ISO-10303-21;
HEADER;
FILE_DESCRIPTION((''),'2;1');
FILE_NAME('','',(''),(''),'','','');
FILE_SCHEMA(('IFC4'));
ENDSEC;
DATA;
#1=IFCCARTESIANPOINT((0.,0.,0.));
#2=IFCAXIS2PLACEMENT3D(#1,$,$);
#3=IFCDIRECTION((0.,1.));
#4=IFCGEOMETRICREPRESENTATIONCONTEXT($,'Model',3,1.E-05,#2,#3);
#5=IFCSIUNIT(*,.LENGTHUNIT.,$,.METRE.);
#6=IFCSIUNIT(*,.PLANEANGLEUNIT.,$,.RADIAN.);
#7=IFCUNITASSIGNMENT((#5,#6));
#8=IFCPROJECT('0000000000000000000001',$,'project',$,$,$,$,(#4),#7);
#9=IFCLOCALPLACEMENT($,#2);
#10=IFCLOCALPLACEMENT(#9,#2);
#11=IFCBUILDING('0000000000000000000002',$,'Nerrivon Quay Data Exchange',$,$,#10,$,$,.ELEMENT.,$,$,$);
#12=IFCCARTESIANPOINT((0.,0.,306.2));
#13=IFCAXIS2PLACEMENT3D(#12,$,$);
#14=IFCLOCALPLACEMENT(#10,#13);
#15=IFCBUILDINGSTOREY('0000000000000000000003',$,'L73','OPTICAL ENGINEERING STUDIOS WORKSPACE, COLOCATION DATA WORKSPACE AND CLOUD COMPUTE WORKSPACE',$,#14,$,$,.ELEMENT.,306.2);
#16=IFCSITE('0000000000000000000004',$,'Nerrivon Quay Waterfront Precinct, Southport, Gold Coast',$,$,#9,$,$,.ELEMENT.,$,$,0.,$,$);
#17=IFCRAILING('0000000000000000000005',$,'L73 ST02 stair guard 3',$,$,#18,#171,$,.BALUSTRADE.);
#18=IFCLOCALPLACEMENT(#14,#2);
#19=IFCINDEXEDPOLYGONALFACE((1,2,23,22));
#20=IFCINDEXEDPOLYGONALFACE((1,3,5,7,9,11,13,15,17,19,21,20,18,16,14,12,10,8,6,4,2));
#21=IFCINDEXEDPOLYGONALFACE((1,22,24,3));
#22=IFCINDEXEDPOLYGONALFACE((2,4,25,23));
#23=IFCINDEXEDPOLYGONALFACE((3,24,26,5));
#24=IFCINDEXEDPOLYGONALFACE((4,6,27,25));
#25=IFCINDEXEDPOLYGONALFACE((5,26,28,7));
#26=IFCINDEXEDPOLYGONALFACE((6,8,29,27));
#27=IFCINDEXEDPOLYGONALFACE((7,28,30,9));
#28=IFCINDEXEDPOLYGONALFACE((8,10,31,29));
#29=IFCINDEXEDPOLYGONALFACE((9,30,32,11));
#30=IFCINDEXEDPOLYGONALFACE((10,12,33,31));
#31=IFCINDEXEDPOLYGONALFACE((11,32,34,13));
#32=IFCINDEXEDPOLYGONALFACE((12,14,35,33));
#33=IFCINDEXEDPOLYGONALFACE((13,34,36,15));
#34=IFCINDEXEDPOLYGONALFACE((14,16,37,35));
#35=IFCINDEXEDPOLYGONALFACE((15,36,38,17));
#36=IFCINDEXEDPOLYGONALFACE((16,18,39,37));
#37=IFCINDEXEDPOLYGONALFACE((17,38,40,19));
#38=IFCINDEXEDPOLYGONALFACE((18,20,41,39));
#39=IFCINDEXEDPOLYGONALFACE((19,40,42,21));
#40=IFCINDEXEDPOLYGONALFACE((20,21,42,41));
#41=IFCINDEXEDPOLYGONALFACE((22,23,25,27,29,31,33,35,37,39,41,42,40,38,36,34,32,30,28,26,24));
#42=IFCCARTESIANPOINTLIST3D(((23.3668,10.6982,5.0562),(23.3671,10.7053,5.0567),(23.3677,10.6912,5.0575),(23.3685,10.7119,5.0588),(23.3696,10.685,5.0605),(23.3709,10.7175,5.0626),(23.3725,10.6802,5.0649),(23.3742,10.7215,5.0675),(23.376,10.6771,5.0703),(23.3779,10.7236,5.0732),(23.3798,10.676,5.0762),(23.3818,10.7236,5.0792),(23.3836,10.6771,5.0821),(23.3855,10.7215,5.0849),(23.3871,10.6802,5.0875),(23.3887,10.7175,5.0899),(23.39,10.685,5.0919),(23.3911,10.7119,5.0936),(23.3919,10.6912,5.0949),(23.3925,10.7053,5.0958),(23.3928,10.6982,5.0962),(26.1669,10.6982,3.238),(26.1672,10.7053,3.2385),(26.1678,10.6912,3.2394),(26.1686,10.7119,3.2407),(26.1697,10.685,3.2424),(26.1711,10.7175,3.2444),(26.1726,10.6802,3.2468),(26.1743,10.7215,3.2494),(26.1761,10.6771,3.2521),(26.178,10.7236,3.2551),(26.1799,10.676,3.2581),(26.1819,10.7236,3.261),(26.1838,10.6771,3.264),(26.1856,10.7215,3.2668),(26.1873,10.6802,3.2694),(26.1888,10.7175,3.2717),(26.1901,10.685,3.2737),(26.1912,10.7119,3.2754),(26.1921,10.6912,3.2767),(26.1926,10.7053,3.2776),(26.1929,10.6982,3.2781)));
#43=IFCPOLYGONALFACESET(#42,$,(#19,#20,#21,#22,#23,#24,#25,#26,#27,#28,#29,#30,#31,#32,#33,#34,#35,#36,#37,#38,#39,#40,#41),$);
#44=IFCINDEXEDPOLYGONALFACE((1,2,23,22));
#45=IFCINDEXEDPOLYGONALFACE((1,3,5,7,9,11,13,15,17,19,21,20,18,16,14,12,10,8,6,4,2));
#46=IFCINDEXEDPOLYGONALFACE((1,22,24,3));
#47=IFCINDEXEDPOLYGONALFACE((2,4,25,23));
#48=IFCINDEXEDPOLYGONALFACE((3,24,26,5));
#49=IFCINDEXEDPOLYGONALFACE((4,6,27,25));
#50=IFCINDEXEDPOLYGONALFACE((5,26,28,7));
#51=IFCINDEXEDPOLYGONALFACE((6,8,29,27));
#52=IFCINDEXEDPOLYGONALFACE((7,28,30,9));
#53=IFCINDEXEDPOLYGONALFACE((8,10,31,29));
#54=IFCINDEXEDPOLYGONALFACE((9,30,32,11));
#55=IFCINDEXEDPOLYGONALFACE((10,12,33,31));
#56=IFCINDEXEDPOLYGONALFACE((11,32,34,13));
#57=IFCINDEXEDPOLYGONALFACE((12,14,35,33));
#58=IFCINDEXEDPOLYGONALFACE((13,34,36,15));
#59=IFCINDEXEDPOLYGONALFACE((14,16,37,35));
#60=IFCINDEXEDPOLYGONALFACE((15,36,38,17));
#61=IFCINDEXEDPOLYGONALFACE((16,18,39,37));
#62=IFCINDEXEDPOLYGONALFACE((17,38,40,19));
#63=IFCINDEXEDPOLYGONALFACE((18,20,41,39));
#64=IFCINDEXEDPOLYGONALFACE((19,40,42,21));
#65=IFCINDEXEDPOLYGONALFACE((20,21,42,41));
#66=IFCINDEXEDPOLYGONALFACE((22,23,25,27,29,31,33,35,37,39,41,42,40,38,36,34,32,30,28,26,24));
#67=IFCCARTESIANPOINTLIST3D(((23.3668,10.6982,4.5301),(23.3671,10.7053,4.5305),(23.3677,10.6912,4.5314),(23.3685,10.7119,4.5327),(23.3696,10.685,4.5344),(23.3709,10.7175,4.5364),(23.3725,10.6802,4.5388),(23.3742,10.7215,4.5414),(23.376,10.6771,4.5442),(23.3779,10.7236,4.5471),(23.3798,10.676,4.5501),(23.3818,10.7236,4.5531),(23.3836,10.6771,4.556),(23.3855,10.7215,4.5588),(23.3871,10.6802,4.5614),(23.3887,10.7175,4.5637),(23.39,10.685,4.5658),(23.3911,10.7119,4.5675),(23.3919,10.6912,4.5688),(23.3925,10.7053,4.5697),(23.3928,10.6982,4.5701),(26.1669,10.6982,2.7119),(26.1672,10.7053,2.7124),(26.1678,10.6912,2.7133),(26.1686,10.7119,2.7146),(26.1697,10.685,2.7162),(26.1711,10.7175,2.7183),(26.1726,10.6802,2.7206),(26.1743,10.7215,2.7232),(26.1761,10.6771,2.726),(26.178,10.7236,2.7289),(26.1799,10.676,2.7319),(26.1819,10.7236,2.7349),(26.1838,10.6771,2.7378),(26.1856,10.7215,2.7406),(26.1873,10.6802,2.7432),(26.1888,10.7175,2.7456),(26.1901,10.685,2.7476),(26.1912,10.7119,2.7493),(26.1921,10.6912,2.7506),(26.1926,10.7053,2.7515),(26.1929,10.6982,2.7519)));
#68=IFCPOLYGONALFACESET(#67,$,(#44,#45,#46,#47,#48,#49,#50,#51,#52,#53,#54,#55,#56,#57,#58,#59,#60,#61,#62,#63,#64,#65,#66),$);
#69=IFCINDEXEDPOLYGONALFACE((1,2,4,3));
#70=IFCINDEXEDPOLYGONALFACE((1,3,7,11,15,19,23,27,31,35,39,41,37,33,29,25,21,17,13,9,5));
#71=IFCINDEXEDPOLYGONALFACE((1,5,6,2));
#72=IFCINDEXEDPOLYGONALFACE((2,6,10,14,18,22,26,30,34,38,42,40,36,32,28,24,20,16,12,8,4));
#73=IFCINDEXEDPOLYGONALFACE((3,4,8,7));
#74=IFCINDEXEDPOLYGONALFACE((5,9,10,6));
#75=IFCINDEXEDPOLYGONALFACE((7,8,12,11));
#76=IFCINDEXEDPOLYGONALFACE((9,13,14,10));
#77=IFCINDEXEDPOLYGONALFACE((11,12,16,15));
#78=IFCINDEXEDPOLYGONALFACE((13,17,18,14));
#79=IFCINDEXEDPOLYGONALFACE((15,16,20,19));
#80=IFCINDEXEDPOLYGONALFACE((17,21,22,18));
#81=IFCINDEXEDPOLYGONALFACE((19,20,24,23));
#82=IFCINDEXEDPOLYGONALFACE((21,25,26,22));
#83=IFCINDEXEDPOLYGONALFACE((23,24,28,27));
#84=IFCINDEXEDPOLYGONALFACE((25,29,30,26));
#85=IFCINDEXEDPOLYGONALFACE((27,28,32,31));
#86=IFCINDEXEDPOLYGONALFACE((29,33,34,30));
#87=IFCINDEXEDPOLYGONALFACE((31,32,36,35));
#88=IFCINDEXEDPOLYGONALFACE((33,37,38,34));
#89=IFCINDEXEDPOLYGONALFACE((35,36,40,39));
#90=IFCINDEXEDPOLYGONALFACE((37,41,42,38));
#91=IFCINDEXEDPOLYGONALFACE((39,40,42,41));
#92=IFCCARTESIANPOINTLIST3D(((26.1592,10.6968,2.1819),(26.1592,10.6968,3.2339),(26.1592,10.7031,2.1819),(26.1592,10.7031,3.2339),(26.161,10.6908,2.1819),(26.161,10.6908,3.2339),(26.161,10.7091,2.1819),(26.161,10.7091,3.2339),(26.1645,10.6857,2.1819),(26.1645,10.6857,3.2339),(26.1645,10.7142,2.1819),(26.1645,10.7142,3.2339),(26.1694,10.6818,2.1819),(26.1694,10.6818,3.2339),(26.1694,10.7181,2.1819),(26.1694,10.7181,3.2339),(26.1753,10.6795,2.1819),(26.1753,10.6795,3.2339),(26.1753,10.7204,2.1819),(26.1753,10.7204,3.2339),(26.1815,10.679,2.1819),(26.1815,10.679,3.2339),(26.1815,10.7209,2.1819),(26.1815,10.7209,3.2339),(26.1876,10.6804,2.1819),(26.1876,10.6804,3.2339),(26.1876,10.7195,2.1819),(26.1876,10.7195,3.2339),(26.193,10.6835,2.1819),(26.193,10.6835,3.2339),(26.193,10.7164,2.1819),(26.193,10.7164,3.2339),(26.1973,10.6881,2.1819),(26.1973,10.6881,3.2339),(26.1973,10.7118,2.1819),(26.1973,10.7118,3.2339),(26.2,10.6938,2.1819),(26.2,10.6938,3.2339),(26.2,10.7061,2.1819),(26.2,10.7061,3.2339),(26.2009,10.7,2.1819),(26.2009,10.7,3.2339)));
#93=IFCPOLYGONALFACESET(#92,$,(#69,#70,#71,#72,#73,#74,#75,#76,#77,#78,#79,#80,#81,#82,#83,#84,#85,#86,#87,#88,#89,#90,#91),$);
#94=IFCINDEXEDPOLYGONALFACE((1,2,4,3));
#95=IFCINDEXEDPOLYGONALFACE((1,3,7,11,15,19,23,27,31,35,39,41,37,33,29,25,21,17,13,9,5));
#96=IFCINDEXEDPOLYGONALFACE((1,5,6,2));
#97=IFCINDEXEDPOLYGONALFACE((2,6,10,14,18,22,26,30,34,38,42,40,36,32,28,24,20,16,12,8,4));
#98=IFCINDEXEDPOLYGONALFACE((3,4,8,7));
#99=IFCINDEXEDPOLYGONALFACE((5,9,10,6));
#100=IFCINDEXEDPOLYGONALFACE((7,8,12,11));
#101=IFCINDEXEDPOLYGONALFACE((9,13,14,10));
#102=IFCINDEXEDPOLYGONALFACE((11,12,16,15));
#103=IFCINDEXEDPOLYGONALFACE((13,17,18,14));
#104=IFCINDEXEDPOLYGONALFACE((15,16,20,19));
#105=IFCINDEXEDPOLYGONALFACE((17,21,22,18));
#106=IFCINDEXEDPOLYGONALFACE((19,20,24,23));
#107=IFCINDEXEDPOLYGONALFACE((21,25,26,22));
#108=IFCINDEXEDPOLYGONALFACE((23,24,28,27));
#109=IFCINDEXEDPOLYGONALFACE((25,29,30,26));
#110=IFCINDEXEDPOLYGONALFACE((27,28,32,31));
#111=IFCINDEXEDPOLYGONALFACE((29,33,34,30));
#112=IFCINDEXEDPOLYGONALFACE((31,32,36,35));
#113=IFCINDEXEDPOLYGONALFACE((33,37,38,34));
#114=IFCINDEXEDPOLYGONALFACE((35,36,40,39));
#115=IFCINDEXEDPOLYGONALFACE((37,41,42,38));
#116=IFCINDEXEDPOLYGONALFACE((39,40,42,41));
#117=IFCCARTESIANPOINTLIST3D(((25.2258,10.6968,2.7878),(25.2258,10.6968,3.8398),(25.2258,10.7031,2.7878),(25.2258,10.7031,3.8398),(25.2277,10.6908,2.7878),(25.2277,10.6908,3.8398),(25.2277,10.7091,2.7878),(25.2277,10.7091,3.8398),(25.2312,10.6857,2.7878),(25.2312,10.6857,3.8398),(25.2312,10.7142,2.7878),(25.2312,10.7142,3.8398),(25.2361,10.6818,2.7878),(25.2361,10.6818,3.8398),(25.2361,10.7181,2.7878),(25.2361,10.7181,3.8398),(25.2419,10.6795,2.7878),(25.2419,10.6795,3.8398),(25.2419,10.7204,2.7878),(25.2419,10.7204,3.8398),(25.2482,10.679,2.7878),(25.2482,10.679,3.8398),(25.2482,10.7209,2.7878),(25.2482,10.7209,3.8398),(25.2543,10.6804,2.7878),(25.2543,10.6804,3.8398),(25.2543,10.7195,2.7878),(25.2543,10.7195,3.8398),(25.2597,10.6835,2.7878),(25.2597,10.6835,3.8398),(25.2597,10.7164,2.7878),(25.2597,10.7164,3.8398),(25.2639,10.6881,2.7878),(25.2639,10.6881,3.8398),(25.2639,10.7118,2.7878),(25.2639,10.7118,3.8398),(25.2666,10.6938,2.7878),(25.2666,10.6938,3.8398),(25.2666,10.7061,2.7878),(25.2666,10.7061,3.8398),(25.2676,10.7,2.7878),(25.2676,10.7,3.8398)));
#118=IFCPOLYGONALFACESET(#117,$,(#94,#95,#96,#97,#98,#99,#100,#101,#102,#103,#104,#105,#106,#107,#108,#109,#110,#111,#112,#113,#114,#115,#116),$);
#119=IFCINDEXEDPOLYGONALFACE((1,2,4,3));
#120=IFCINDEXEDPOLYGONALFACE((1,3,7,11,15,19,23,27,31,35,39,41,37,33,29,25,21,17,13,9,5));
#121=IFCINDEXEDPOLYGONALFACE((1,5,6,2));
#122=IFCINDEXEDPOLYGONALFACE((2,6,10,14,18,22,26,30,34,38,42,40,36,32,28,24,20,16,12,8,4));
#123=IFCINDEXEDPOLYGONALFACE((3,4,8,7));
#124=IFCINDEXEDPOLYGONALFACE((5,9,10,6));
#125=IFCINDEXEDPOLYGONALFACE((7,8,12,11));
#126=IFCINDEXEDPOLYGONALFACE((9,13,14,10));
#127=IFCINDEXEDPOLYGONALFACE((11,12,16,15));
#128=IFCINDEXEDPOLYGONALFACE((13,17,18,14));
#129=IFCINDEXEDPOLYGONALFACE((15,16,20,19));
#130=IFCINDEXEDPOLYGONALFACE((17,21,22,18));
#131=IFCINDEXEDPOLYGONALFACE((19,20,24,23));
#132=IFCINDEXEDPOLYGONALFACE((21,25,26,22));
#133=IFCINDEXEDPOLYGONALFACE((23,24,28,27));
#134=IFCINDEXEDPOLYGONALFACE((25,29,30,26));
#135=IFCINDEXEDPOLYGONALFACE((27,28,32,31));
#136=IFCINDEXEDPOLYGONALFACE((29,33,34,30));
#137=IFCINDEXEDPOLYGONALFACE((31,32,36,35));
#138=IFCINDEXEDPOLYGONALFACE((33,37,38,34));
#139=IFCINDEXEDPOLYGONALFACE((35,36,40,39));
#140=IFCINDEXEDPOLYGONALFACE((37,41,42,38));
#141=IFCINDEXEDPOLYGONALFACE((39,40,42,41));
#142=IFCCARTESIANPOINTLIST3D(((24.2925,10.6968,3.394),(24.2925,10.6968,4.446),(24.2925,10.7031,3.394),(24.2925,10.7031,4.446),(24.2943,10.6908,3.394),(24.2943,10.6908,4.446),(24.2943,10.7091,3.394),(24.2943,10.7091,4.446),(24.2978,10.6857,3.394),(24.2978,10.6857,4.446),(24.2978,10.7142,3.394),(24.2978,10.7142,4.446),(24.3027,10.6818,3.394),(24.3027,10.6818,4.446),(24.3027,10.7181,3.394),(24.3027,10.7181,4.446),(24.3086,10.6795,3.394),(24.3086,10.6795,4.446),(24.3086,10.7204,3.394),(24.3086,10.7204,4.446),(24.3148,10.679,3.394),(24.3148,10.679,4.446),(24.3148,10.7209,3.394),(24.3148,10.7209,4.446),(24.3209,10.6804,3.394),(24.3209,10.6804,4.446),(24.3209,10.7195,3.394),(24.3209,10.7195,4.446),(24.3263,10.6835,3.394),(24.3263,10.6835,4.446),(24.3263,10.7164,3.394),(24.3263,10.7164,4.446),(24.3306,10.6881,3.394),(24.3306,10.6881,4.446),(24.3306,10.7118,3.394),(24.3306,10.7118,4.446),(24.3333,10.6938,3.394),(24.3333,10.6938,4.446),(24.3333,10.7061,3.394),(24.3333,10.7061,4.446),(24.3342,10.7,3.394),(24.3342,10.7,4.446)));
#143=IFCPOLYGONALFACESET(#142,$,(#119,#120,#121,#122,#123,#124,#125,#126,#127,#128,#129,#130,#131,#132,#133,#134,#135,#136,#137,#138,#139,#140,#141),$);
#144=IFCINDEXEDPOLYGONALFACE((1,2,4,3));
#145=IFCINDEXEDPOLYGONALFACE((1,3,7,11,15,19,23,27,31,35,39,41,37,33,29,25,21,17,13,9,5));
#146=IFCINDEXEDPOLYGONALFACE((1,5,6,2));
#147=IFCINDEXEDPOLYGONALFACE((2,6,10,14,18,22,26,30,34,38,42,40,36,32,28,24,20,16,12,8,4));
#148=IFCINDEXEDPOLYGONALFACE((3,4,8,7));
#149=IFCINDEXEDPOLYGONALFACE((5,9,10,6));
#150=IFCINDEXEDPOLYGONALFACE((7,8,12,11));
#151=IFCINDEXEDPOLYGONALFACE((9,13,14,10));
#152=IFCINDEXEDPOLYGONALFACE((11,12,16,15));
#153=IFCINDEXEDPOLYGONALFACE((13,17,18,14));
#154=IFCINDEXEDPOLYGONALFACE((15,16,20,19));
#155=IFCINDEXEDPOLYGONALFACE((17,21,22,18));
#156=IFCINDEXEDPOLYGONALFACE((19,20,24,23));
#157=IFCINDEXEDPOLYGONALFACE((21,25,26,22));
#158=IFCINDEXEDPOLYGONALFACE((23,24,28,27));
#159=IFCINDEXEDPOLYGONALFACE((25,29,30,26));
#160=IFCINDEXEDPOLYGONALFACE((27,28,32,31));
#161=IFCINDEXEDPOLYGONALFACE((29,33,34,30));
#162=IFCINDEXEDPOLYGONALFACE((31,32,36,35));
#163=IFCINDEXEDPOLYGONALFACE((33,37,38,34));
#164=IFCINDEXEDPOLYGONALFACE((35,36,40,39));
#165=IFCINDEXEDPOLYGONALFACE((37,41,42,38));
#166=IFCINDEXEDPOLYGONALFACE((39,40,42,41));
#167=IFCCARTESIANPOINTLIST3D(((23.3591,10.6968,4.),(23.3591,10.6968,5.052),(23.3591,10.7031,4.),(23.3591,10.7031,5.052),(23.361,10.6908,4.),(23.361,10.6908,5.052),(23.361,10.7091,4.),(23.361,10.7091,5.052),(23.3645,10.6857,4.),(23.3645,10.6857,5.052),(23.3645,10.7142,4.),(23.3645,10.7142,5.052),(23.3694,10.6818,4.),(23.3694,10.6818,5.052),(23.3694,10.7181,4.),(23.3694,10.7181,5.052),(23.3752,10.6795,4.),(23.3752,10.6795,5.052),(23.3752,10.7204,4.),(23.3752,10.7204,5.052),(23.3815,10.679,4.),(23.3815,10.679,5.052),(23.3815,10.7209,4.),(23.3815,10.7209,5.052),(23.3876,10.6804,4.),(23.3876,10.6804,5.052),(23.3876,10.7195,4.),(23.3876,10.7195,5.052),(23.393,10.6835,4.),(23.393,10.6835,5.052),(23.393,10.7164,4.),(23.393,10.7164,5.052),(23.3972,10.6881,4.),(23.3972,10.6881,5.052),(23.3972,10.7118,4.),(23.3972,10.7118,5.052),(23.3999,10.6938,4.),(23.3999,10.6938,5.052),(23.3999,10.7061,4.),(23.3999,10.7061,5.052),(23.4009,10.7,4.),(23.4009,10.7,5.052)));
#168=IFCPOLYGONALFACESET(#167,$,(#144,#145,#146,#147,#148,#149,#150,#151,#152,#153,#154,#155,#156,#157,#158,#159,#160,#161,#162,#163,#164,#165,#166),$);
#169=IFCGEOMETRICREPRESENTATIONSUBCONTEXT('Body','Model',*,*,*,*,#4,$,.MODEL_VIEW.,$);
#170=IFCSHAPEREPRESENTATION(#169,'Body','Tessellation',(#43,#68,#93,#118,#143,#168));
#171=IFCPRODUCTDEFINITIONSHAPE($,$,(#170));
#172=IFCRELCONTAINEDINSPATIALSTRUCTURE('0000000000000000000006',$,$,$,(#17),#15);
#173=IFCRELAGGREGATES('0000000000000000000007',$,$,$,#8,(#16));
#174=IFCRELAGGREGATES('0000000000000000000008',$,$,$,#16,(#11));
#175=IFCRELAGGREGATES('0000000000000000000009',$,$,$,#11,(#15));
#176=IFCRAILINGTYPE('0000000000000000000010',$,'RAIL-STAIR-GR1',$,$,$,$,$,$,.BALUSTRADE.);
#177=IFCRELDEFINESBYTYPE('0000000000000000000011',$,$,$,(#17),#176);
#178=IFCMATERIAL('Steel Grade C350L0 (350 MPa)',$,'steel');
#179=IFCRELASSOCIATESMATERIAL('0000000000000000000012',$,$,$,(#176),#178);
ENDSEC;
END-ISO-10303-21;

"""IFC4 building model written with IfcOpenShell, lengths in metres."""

from ifc_helpers import new_model, si_unit, direction, frame, origin, origin_2d, place, context, subcontext, project, spatial, circle, extrude, material, type_object, element, save


model = new_model("IFC4")

# Units and contexts
model_context = context("Model", 3, precision=1e-05, world=origin(), true_north=direction((0.0, 1.0)))
body_context = subcontext(model_context, "Body", "Model", "MODEL_VIEW")
ifc_project = project(units=[si_unit("LENGTHUNIT", "METRE"), si_unit("PLANEANGLEUNIT", "RADIAN")], contexts=[model_context])

# Site, building, storey
site_placement = place(None, origin())
site = spatial("IfcSite", under=ifc_project, at=site_placement, Name="Nerrivon Quay Waterfront Precinct, Southport, Gold Coast", CompositionType="ELEMENT", RefElevation=0.0)
building_placement = place(site_placement, origin())
building = spatial("IfcBuilding", under=site, at=building_placement, Name="Nerrivon Quay Data Exchange", CompositionType="ELEMENT")
storey_placement = place(building_placement, frame((0.0, 0.0, 306.2)))
storey = spatial("IfcBuildingStorey", under=building, at=storey_placement, Name="L73", Description="OPTICAL ENGINEERING STUDIOS WORKSPACE, COLOCATION DATA WORKSPACE AND CLOUD COMPUTE WORKSPACE", CompositionType="ELEMENT", Elevation=306.2)

# Railing
ifc_material_1 = material(Name="Steel Grade C350L0 (350 MPa)", Category="steel")
railing_type_1 = type_object("IfcRailingType", Name="RAIL-STAIR-GR1", PredefinedType="BALUSTRADE", material=ifc_material_1)
railing_1_placement = place(storey_placement, frame((26.1799, 10.7, 2.1819)))
element("IfcRailing", 1, at=railing_1_placement, inside=storey, type_object=railing_type_1, Name="L73 ST02 stair guard 3", PredefinedType="BALUSTRADE", context=body_context, shape_type="SweptSolid", body=[
    extrude(circle(Radius=0.0239, at=origin_2d()), frame((0.0, 0.0, 1.0762), z_axis=(-0.838706, 0.0, 0.544585), x_axis=(0.0, -1.0, 0.0)), (0.0, 0.0, 1.0), 3.3386),
    extrude(circle(Radius=0.0239, at=origin_2d()), frame((0.0, 0.0, 0.55), z_axis=(-0.838706, 0.0, 0.544585), x_axis=(0.0, -1.0, 0.0)), (0.0, 0.0, 1.0), 3.3386),
    extrude(circle(Radius=0.021, at=origin_2d()), origin(), (0.0, 0.0, 1.0), 1.052),
    extrude(circle(Radius=0.021, at=origin_2d()), frame((-0.9333, 0.0, 0.606)), (0.0, 0.0, 1.0), 1.052),
    extrude(circle(Radius=0.021, at=origin_2d()), frame((-1.8667, 0.0, 1.2122)), (0.0, 0.0, 1.0), 1.052),
    extrude(circle(Radius=0.021, at=origin_2d()), frame((-2.8, 0.0, 1.8181)), (0.0, 0.0, 1.0), 1.052),
])

save(model, "model.ifc")
